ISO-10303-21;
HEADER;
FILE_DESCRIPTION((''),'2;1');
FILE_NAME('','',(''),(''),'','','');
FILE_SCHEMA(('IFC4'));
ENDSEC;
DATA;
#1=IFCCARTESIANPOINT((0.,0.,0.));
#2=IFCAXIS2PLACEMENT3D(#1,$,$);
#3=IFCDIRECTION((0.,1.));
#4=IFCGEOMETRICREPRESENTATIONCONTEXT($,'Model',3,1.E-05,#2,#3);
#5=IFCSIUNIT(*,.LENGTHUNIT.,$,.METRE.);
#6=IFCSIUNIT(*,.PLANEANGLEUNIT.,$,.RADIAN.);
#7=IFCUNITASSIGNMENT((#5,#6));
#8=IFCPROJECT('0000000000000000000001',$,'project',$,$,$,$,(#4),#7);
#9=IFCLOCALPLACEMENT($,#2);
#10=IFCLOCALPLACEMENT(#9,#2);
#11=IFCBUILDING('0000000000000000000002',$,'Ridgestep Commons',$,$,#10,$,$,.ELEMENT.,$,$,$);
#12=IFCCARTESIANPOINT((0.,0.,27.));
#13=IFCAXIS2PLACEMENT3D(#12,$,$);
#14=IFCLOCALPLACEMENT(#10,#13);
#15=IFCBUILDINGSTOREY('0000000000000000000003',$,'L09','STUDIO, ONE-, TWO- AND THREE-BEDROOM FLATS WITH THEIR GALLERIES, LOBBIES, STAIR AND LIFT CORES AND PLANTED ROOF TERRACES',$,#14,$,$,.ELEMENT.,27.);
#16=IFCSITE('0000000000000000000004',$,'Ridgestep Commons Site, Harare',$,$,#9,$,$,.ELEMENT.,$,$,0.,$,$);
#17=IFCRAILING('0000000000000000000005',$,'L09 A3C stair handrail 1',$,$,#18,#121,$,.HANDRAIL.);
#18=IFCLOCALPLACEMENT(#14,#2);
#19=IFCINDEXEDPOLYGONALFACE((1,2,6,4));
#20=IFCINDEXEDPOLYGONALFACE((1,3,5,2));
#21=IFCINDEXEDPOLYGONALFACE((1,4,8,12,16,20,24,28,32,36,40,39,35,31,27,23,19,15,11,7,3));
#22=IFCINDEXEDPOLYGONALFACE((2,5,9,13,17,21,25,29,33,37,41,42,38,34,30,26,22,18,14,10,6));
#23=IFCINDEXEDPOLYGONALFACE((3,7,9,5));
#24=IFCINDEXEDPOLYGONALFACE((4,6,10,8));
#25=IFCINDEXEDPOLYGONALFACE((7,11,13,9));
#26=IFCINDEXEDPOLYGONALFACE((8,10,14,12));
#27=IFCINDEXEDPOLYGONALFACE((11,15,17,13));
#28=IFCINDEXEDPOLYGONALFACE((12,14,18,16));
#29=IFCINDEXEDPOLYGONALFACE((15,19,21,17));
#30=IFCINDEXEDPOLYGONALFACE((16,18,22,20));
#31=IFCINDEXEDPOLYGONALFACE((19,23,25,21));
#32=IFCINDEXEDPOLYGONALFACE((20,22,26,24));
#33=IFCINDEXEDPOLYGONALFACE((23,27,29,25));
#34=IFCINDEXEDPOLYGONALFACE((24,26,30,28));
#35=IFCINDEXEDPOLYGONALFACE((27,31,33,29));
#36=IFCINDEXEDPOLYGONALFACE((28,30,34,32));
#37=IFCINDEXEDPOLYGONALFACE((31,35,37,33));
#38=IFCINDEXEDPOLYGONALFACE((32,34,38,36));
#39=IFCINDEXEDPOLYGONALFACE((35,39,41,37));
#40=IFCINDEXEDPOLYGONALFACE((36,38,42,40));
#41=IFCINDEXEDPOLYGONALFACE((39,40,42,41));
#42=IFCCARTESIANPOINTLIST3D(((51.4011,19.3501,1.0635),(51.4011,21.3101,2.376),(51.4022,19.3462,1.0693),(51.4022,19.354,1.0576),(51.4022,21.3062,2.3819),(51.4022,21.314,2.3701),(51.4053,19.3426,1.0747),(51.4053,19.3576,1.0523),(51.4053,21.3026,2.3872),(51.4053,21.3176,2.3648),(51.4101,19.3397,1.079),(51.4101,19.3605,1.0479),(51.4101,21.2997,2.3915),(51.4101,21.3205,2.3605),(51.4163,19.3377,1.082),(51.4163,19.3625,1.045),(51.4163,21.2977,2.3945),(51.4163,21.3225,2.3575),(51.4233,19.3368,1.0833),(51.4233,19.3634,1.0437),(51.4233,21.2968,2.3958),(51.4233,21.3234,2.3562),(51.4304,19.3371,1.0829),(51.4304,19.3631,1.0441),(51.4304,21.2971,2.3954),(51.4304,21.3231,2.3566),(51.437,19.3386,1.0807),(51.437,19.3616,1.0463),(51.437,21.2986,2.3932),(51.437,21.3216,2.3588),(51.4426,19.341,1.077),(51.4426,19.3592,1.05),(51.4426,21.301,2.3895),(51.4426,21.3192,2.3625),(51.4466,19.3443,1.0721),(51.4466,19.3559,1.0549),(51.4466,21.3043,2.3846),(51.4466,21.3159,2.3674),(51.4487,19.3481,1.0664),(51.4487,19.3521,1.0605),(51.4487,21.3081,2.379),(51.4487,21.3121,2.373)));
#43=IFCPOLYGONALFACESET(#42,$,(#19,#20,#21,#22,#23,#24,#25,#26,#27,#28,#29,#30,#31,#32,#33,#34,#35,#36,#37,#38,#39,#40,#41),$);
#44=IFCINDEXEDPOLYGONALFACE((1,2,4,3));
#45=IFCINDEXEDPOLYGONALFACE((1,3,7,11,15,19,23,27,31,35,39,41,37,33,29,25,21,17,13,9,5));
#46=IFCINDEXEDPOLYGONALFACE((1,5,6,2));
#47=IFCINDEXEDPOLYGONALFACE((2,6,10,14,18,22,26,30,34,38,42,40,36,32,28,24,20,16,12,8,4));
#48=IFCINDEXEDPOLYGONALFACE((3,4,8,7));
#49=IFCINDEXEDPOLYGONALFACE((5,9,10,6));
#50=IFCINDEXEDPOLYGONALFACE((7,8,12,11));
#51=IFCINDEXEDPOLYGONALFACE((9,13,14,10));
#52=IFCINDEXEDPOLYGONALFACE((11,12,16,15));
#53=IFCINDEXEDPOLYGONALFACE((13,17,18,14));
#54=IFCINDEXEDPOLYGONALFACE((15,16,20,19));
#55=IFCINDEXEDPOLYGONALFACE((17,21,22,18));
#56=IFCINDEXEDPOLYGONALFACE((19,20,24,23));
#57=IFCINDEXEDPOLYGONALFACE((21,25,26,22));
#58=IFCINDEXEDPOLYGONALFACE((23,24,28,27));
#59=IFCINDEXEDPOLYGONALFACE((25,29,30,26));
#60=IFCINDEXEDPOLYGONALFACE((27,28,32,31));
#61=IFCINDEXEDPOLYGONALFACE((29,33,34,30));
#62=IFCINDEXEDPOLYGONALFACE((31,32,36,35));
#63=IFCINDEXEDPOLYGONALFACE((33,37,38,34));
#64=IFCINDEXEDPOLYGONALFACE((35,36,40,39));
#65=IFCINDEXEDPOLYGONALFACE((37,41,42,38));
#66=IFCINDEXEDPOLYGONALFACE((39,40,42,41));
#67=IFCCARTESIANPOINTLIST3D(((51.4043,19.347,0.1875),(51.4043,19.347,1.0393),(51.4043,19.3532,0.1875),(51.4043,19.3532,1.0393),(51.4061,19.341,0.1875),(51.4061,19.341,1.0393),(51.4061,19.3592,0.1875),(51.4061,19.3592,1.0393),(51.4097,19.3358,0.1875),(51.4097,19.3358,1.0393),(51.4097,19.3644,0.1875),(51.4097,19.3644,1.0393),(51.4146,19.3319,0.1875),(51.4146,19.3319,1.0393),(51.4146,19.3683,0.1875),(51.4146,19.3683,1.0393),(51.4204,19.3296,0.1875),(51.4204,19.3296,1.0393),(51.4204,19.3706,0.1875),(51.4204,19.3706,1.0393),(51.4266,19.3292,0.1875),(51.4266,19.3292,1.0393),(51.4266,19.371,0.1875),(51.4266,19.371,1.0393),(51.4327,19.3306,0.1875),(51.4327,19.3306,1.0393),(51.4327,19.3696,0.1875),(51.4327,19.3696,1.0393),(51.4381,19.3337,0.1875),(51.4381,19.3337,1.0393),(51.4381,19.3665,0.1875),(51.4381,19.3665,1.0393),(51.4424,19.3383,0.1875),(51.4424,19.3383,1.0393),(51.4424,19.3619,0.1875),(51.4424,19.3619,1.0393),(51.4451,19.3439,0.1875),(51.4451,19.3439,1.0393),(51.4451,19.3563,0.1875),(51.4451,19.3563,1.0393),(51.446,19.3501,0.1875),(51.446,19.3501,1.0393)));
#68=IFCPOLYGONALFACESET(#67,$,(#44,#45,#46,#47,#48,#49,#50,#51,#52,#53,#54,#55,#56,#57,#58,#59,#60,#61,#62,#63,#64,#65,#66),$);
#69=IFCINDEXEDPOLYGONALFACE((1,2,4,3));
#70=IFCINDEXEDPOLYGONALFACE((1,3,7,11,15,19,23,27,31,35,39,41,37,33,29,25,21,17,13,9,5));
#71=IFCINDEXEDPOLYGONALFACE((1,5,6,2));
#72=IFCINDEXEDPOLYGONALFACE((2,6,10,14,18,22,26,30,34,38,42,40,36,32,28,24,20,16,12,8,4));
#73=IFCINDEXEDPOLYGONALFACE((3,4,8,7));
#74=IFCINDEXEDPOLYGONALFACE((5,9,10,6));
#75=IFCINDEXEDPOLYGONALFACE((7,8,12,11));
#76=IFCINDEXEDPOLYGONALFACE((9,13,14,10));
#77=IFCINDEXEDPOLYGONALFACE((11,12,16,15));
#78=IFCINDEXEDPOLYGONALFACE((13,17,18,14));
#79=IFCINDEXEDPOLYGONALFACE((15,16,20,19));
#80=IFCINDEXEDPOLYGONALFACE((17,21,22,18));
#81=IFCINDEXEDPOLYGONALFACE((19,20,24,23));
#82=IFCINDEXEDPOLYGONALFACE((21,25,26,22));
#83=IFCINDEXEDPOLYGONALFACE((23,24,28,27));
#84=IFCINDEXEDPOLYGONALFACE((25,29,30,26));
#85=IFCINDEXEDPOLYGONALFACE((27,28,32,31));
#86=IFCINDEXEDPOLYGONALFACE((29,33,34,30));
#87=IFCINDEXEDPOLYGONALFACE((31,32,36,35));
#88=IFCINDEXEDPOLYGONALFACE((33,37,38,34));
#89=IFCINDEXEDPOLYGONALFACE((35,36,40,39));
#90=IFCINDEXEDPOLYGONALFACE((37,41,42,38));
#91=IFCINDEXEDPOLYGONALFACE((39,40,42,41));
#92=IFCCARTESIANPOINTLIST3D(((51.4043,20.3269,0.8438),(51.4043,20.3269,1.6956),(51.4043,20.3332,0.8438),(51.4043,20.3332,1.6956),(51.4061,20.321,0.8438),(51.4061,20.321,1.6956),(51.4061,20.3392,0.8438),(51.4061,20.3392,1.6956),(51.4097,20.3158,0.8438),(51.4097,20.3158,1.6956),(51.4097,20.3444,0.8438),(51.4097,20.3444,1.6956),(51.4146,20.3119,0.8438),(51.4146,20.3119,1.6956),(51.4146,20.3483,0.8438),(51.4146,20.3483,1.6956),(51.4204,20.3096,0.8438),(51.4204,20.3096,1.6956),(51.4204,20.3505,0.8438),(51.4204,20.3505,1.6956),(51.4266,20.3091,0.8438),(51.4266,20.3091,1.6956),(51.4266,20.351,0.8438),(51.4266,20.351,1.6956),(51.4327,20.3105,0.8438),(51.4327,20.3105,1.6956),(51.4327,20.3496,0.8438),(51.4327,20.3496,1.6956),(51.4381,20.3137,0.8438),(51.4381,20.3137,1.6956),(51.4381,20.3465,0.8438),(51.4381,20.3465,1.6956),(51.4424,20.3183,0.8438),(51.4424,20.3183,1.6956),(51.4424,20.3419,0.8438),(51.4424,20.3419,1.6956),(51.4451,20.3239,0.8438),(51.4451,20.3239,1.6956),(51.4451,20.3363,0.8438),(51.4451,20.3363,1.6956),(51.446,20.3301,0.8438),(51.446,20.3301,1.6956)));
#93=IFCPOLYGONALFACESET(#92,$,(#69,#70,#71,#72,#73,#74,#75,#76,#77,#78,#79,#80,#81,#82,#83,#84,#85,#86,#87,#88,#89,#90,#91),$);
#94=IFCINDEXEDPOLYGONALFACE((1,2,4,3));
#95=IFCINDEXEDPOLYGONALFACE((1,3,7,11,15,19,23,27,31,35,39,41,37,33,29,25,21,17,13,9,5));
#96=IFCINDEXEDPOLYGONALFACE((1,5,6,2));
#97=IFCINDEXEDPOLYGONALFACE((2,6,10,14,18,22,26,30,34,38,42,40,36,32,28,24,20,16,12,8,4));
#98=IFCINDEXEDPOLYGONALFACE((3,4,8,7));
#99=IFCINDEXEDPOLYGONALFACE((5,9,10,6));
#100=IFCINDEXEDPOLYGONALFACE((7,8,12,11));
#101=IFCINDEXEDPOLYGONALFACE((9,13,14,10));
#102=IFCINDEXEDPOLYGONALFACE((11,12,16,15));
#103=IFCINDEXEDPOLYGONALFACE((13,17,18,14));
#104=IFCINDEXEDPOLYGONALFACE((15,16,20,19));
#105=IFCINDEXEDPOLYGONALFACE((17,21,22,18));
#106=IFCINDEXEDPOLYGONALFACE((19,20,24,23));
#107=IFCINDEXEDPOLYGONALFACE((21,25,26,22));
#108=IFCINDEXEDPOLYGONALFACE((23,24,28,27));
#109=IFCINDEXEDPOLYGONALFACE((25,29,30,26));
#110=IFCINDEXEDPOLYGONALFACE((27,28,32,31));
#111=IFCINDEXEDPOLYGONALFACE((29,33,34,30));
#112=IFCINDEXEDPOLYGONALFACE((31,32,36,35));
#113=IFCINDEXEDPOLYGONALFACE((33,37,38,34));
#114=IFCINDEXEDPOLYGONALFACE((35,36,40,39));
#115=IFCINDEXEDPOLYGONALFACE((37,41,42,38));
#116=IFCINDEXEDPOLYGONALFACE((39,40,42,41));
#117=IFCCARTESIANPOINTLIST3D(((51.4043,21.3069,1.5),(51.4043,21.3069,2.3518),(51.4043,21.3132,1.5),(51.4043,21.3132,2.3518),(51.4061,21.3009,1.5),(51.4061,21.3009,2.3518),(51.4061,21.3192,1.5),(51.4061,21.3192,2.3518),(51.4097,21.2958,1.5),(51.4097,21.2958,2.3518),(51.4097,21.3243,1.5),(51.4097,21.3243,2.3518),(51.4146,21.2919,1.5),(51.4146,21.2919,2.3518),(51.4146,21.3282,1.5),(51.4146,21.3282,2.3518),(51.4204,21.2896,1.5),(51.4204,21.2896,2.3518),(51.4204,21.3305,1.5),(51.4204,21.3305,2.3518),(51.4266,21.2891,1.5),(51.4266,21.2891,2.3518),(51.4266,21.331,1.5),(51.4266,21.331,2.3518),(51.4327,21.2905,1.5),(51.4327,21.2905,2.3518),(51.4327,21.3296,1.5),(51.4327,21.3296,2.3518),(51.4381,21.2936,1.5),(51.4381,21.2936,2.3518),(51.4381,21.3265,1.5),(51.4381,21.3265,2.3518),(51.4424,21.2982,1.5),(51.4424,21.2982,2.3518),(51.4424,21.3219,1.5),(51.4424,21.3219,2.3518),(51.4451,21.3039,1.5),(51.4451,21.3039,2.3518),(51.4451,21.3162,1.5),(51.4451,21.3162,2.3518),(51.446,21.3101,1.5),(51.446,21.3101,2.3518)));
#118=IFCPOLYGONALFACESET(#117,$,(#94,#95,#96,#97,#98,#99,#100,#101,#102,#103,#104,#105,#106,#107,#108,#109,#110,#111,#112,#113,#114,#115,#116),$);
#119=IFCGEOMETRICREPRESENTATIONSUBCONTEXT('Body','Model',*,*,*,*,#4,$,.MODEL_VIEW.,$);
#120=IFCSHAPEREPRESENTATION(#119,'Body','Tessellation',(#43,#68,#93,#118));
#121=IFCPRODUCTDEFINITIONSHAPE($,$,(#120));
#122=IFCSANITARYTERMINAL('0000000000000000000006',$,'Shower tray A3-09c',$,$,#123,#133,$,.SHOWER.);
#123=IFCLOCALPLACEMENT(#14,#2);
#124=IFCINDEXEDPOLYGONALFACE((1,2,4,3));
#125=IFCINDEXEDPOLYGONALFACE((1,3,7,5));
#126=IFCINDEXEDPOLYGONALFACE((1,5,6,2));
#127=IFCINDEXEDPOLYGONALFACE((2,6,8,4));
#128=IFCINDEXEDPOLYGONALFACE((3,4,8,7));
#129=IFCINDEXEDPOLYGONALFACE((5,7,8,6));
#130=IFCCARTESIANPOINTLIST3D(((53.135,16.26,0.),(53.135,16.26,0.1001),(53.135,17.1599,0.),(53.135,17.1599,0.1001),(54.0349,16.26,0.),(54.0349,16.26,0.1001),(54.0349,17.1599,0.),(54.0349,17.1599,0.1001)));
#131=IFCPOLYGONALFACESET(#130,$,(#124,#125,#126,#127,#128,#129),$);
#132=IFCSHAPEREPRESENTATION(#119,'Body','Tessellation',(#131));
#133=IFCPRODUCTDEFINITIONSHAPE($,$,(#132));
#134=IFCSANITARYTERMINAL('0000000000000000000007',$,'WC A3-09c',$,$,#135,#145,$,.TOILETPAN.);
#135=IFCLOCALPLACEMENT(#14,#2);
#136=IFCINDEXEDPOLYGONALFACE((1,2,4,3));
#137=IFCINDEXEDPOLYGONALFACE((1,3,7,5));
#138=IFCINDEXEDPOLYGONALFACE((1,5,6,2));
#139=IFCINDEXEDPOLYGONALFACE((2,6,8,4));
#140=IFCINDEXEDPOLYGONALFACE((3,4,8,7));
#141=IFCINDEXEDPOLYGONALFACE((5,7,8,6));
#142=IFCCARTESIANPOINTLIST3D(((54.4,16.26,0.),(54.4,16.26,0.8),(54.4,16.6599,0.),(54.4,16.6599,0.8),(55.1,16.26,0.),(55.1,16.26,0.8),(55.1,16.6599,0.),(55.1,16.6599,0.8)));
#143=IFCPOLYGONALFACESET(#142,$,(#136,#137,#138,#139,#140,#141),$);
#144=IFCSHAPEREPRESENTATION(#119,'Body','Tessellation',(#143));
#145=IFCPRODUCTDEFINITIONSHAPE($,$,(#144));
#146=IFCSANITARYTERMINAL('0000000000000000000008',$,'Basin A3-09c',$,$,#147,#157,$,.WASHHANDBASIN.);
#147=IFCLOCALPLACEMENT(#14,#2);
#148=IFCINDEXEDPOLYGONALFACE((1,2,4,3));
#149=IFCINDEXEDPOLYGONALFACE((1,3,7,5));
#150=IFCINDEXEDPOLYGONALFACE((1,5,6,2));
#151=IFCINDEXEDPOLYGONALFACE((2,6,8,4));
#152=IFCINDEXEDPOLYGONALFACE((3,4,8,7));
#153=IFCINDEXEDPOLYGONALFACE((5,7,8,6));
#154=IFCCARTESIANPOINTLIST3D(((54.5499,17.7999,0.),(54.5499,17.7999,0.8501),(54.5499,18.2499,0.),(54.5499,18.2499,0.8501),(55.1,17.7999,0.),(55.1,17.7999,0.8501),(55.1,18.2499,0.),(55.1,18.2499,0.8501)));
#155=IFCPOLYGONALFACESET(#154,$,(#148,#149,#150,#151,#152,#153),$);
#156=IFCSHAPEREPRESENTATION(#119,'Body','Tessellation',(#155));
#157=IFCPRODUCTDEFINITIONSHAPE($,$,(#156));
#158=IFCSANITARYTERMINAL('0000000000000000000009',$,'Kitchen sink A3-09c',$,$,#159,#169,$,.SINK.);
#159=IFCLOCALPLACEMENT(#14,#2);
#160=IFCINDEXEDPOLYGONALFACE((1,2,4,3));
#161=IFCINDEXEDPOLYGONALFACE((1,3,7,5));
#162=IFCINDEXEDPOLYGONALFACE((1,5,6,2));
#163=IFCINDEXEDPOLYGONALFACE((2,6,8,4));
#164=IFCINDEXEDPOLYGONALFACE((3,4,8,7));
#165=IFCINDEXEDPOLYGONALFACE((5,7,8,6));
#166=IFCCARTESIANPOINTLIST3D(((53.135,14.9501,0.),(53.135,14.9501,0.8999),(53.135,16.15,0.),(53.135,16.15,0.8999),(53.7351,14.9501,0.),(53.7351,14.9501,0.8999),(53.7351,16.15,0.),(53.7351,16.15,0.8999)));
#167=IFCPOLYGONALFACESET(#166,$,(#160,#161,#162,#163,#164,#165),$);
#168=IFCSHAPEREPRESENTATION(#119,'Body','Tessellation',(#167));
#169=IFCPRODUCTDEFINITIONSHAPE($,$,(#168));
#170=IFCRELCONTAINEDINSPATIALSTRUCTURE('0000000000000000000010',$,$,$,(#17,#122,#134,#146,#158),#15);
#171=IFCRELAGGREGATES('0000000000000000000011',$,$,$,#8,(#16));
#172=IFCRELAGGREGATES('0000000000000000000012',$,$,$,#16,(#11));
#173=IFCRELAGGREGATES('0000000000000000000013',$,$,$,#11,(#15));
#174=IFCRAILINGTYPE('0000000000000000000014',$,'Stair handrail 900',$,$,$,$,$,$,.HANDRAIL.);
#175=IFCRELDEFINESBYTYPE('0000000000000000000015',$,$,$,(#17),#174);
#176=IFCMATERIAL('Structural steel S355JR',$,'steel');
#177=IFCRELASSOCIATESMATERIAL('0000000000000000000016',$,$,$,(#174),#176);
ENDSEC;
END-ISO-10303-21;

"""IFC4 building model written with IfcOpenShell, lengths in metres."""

from ifc_helpers import new_model, si_unit, direction, frame, origin, origin_2d, place, context, subcontext, project, spatial, rectangle, circle, extrude, material, type_object, element, save


model = new_model("IFC4")

# Units and contexts
model_context = context("Model", 3, precision=1e-05, world=origin(), true_north=direction((0.0, 1.0)))
body_context = subcontext(model_context, "Body", "Model", "MODEL_VIEW")
ifc_project = project(units=[si_unit("LENGTHUNIT", "METRE"), si_unit("PLANEANGLEUNIT", "RADIAN")], contexts=[model_context])

# Site, building, storey
site_placement = place(None, origin())
site = spatial("IfcSite", under=ifc_project, at=site_placement, Name="Ridgestep Commons Site, Harare", CompositionType="ELEMENT", RefElevation=0.0)
building_placement = place(site_placement, origin())
building = spatial("IfcBuilding", under=site, at=building_placement, Name="Ridgestep Commons", CompositionType="ELEMENT")
storey_placement = place(building_placement, frame((0.0, 0.0, 27.0)))
storey = spatial("IfcBuildingStorey", under=building, at=storey_placement, Name="L09", Description="STUDIO, ONE-, TWO- AND THREE-BEDROOM FLATS WITH THEIR GALLERIES, LOBBIES, STAIR AND LIFT CORES AND PLANTED ROOF TERRACES", CompositionType="ELEMENT", Elevation=27.0)

# Railing
ifc_material_1 = material(Name="Structural steel S355JR", Category="steel")
railing_type_1 = type_object("IfcRailingType", Name="Stair handrail 900", PredefinedType="HANDRAIL", material=ifc_material_1)
railing_1_placement = place(storey_placement, frame((51.425, 19.3501, 0.1875)))
element("IfcRailing", 1, at=railing_1_placement, inside=storey, type_object=railing_type_1, Name="L09 A3C stair handrail 1", PredefinedType="HANDRAIL", context=body_context, shape_type="SweptSolid", body=[
    extrude(circle(Radius=0.0239, at=origin_2d()), frame((0.0, 0.0, 0.876), z_axis=(0.0, 0.830902, 0.556419), x_axis=(-1.0, 0.0, 0.0)), (0.0, 0.0, 1.0), 2.3589),
    extrude(circle(Radius=0.021, at=origin_2d()), origin(), (0.0, 0.0, 1.0), 0.8518),
    extrude(circle(Radius=0.021, at=origin_2d()), frame((0.0, 0.98, 0.6562)), (0.0, 0.0, 1.0), 0.8518),
    extrude(circle(Radius=0.021, at=origin_2d()), frame((0.0, 1.96, 1.3125)), (0.0, 0.0, 1.0), 0.8518),
])

# Sanitary terminals
sanitary_terminal_1_placement = place(storey_placement, frame((53.585, 16.71, 0.0), z_axis=(0.0, 0.0, 1.0), x_axis=(1.0, 0.0, 0.0)))
element("IfcSanitaryTerminal", 2, at=sanitary_terminal_1_placement, inside=storey, Name="Shower tray A3-09c", PredefinedType="SHOWER", context=body_context, shape_type="SweptSolid", body=[
    extrude(rectangle(XDim=0.8999, YDim=0.8999, at=origin_2d()), origin(), (0.0, 0.0, 1.0), 0.1001),
])
sanitary_terminal_2_placement = place(storey_placement, frame((54.75, 16.46, 0.0), z_axis=(0.0, 0.0, 1.0), x_axis=(1.0, 0.0, 0.0)))
element("IfcSanitaryTerminal", 3, at=sanitary_terminal_2_placement, inside=storey, Name="WC A3-09c", PredefinedType="TOILETPAN", context=body_context, shape_type="SweptSolid", body=[
    extrude(rectangle(XDim=0.7, YDim=0.3999, at=origin_2d()), origin(), (0.0, 0.0, 1.0), 0.8),
])
sanitary_terminal_3_placement = place(storey_placement, frame((54.825, 18.0249, 0.0), z_axis=(0.0, 0.0, 1.0), x_axis=(1.0, 0.0, 0.0)))
element("IfcSanitaryTerminal", 4, at=sanitary_terminal_3_placement, inside=storey, Name="Basin A3-09c", PredefinedType="WASHHANDBASIN", context=body_context, shape_type="SweptSolid", body=[
    extrude(rectangle(XDim=0.55, YDim=0.45, at=origin_2d()), origin(), (0.0, 0.0, 1.0), 0.8501),
])
sanitary_terminal_4_placement = place(storey_placement, frame((53.4351, 15.55, 0.0), z_axis=(0.0, 0.0, 1.0), x_axis=(1.0, 0.0, 0.0)))
element("IfcSanitaryTerminal", 5, at=sanitary_terminal_4_placement, inside=storey, Name="Kitchen sink A3-09c", PredefinedType="SINK", context=body_context, shape_type="SweptSolid", body=[
    extrude(rectangle(XDim=0.6001, YDim=1.2, at=origin_2d()), origin(), (0.0, 0.0, 1.0), 0.8999),
])

save(model, "model.ifc")
